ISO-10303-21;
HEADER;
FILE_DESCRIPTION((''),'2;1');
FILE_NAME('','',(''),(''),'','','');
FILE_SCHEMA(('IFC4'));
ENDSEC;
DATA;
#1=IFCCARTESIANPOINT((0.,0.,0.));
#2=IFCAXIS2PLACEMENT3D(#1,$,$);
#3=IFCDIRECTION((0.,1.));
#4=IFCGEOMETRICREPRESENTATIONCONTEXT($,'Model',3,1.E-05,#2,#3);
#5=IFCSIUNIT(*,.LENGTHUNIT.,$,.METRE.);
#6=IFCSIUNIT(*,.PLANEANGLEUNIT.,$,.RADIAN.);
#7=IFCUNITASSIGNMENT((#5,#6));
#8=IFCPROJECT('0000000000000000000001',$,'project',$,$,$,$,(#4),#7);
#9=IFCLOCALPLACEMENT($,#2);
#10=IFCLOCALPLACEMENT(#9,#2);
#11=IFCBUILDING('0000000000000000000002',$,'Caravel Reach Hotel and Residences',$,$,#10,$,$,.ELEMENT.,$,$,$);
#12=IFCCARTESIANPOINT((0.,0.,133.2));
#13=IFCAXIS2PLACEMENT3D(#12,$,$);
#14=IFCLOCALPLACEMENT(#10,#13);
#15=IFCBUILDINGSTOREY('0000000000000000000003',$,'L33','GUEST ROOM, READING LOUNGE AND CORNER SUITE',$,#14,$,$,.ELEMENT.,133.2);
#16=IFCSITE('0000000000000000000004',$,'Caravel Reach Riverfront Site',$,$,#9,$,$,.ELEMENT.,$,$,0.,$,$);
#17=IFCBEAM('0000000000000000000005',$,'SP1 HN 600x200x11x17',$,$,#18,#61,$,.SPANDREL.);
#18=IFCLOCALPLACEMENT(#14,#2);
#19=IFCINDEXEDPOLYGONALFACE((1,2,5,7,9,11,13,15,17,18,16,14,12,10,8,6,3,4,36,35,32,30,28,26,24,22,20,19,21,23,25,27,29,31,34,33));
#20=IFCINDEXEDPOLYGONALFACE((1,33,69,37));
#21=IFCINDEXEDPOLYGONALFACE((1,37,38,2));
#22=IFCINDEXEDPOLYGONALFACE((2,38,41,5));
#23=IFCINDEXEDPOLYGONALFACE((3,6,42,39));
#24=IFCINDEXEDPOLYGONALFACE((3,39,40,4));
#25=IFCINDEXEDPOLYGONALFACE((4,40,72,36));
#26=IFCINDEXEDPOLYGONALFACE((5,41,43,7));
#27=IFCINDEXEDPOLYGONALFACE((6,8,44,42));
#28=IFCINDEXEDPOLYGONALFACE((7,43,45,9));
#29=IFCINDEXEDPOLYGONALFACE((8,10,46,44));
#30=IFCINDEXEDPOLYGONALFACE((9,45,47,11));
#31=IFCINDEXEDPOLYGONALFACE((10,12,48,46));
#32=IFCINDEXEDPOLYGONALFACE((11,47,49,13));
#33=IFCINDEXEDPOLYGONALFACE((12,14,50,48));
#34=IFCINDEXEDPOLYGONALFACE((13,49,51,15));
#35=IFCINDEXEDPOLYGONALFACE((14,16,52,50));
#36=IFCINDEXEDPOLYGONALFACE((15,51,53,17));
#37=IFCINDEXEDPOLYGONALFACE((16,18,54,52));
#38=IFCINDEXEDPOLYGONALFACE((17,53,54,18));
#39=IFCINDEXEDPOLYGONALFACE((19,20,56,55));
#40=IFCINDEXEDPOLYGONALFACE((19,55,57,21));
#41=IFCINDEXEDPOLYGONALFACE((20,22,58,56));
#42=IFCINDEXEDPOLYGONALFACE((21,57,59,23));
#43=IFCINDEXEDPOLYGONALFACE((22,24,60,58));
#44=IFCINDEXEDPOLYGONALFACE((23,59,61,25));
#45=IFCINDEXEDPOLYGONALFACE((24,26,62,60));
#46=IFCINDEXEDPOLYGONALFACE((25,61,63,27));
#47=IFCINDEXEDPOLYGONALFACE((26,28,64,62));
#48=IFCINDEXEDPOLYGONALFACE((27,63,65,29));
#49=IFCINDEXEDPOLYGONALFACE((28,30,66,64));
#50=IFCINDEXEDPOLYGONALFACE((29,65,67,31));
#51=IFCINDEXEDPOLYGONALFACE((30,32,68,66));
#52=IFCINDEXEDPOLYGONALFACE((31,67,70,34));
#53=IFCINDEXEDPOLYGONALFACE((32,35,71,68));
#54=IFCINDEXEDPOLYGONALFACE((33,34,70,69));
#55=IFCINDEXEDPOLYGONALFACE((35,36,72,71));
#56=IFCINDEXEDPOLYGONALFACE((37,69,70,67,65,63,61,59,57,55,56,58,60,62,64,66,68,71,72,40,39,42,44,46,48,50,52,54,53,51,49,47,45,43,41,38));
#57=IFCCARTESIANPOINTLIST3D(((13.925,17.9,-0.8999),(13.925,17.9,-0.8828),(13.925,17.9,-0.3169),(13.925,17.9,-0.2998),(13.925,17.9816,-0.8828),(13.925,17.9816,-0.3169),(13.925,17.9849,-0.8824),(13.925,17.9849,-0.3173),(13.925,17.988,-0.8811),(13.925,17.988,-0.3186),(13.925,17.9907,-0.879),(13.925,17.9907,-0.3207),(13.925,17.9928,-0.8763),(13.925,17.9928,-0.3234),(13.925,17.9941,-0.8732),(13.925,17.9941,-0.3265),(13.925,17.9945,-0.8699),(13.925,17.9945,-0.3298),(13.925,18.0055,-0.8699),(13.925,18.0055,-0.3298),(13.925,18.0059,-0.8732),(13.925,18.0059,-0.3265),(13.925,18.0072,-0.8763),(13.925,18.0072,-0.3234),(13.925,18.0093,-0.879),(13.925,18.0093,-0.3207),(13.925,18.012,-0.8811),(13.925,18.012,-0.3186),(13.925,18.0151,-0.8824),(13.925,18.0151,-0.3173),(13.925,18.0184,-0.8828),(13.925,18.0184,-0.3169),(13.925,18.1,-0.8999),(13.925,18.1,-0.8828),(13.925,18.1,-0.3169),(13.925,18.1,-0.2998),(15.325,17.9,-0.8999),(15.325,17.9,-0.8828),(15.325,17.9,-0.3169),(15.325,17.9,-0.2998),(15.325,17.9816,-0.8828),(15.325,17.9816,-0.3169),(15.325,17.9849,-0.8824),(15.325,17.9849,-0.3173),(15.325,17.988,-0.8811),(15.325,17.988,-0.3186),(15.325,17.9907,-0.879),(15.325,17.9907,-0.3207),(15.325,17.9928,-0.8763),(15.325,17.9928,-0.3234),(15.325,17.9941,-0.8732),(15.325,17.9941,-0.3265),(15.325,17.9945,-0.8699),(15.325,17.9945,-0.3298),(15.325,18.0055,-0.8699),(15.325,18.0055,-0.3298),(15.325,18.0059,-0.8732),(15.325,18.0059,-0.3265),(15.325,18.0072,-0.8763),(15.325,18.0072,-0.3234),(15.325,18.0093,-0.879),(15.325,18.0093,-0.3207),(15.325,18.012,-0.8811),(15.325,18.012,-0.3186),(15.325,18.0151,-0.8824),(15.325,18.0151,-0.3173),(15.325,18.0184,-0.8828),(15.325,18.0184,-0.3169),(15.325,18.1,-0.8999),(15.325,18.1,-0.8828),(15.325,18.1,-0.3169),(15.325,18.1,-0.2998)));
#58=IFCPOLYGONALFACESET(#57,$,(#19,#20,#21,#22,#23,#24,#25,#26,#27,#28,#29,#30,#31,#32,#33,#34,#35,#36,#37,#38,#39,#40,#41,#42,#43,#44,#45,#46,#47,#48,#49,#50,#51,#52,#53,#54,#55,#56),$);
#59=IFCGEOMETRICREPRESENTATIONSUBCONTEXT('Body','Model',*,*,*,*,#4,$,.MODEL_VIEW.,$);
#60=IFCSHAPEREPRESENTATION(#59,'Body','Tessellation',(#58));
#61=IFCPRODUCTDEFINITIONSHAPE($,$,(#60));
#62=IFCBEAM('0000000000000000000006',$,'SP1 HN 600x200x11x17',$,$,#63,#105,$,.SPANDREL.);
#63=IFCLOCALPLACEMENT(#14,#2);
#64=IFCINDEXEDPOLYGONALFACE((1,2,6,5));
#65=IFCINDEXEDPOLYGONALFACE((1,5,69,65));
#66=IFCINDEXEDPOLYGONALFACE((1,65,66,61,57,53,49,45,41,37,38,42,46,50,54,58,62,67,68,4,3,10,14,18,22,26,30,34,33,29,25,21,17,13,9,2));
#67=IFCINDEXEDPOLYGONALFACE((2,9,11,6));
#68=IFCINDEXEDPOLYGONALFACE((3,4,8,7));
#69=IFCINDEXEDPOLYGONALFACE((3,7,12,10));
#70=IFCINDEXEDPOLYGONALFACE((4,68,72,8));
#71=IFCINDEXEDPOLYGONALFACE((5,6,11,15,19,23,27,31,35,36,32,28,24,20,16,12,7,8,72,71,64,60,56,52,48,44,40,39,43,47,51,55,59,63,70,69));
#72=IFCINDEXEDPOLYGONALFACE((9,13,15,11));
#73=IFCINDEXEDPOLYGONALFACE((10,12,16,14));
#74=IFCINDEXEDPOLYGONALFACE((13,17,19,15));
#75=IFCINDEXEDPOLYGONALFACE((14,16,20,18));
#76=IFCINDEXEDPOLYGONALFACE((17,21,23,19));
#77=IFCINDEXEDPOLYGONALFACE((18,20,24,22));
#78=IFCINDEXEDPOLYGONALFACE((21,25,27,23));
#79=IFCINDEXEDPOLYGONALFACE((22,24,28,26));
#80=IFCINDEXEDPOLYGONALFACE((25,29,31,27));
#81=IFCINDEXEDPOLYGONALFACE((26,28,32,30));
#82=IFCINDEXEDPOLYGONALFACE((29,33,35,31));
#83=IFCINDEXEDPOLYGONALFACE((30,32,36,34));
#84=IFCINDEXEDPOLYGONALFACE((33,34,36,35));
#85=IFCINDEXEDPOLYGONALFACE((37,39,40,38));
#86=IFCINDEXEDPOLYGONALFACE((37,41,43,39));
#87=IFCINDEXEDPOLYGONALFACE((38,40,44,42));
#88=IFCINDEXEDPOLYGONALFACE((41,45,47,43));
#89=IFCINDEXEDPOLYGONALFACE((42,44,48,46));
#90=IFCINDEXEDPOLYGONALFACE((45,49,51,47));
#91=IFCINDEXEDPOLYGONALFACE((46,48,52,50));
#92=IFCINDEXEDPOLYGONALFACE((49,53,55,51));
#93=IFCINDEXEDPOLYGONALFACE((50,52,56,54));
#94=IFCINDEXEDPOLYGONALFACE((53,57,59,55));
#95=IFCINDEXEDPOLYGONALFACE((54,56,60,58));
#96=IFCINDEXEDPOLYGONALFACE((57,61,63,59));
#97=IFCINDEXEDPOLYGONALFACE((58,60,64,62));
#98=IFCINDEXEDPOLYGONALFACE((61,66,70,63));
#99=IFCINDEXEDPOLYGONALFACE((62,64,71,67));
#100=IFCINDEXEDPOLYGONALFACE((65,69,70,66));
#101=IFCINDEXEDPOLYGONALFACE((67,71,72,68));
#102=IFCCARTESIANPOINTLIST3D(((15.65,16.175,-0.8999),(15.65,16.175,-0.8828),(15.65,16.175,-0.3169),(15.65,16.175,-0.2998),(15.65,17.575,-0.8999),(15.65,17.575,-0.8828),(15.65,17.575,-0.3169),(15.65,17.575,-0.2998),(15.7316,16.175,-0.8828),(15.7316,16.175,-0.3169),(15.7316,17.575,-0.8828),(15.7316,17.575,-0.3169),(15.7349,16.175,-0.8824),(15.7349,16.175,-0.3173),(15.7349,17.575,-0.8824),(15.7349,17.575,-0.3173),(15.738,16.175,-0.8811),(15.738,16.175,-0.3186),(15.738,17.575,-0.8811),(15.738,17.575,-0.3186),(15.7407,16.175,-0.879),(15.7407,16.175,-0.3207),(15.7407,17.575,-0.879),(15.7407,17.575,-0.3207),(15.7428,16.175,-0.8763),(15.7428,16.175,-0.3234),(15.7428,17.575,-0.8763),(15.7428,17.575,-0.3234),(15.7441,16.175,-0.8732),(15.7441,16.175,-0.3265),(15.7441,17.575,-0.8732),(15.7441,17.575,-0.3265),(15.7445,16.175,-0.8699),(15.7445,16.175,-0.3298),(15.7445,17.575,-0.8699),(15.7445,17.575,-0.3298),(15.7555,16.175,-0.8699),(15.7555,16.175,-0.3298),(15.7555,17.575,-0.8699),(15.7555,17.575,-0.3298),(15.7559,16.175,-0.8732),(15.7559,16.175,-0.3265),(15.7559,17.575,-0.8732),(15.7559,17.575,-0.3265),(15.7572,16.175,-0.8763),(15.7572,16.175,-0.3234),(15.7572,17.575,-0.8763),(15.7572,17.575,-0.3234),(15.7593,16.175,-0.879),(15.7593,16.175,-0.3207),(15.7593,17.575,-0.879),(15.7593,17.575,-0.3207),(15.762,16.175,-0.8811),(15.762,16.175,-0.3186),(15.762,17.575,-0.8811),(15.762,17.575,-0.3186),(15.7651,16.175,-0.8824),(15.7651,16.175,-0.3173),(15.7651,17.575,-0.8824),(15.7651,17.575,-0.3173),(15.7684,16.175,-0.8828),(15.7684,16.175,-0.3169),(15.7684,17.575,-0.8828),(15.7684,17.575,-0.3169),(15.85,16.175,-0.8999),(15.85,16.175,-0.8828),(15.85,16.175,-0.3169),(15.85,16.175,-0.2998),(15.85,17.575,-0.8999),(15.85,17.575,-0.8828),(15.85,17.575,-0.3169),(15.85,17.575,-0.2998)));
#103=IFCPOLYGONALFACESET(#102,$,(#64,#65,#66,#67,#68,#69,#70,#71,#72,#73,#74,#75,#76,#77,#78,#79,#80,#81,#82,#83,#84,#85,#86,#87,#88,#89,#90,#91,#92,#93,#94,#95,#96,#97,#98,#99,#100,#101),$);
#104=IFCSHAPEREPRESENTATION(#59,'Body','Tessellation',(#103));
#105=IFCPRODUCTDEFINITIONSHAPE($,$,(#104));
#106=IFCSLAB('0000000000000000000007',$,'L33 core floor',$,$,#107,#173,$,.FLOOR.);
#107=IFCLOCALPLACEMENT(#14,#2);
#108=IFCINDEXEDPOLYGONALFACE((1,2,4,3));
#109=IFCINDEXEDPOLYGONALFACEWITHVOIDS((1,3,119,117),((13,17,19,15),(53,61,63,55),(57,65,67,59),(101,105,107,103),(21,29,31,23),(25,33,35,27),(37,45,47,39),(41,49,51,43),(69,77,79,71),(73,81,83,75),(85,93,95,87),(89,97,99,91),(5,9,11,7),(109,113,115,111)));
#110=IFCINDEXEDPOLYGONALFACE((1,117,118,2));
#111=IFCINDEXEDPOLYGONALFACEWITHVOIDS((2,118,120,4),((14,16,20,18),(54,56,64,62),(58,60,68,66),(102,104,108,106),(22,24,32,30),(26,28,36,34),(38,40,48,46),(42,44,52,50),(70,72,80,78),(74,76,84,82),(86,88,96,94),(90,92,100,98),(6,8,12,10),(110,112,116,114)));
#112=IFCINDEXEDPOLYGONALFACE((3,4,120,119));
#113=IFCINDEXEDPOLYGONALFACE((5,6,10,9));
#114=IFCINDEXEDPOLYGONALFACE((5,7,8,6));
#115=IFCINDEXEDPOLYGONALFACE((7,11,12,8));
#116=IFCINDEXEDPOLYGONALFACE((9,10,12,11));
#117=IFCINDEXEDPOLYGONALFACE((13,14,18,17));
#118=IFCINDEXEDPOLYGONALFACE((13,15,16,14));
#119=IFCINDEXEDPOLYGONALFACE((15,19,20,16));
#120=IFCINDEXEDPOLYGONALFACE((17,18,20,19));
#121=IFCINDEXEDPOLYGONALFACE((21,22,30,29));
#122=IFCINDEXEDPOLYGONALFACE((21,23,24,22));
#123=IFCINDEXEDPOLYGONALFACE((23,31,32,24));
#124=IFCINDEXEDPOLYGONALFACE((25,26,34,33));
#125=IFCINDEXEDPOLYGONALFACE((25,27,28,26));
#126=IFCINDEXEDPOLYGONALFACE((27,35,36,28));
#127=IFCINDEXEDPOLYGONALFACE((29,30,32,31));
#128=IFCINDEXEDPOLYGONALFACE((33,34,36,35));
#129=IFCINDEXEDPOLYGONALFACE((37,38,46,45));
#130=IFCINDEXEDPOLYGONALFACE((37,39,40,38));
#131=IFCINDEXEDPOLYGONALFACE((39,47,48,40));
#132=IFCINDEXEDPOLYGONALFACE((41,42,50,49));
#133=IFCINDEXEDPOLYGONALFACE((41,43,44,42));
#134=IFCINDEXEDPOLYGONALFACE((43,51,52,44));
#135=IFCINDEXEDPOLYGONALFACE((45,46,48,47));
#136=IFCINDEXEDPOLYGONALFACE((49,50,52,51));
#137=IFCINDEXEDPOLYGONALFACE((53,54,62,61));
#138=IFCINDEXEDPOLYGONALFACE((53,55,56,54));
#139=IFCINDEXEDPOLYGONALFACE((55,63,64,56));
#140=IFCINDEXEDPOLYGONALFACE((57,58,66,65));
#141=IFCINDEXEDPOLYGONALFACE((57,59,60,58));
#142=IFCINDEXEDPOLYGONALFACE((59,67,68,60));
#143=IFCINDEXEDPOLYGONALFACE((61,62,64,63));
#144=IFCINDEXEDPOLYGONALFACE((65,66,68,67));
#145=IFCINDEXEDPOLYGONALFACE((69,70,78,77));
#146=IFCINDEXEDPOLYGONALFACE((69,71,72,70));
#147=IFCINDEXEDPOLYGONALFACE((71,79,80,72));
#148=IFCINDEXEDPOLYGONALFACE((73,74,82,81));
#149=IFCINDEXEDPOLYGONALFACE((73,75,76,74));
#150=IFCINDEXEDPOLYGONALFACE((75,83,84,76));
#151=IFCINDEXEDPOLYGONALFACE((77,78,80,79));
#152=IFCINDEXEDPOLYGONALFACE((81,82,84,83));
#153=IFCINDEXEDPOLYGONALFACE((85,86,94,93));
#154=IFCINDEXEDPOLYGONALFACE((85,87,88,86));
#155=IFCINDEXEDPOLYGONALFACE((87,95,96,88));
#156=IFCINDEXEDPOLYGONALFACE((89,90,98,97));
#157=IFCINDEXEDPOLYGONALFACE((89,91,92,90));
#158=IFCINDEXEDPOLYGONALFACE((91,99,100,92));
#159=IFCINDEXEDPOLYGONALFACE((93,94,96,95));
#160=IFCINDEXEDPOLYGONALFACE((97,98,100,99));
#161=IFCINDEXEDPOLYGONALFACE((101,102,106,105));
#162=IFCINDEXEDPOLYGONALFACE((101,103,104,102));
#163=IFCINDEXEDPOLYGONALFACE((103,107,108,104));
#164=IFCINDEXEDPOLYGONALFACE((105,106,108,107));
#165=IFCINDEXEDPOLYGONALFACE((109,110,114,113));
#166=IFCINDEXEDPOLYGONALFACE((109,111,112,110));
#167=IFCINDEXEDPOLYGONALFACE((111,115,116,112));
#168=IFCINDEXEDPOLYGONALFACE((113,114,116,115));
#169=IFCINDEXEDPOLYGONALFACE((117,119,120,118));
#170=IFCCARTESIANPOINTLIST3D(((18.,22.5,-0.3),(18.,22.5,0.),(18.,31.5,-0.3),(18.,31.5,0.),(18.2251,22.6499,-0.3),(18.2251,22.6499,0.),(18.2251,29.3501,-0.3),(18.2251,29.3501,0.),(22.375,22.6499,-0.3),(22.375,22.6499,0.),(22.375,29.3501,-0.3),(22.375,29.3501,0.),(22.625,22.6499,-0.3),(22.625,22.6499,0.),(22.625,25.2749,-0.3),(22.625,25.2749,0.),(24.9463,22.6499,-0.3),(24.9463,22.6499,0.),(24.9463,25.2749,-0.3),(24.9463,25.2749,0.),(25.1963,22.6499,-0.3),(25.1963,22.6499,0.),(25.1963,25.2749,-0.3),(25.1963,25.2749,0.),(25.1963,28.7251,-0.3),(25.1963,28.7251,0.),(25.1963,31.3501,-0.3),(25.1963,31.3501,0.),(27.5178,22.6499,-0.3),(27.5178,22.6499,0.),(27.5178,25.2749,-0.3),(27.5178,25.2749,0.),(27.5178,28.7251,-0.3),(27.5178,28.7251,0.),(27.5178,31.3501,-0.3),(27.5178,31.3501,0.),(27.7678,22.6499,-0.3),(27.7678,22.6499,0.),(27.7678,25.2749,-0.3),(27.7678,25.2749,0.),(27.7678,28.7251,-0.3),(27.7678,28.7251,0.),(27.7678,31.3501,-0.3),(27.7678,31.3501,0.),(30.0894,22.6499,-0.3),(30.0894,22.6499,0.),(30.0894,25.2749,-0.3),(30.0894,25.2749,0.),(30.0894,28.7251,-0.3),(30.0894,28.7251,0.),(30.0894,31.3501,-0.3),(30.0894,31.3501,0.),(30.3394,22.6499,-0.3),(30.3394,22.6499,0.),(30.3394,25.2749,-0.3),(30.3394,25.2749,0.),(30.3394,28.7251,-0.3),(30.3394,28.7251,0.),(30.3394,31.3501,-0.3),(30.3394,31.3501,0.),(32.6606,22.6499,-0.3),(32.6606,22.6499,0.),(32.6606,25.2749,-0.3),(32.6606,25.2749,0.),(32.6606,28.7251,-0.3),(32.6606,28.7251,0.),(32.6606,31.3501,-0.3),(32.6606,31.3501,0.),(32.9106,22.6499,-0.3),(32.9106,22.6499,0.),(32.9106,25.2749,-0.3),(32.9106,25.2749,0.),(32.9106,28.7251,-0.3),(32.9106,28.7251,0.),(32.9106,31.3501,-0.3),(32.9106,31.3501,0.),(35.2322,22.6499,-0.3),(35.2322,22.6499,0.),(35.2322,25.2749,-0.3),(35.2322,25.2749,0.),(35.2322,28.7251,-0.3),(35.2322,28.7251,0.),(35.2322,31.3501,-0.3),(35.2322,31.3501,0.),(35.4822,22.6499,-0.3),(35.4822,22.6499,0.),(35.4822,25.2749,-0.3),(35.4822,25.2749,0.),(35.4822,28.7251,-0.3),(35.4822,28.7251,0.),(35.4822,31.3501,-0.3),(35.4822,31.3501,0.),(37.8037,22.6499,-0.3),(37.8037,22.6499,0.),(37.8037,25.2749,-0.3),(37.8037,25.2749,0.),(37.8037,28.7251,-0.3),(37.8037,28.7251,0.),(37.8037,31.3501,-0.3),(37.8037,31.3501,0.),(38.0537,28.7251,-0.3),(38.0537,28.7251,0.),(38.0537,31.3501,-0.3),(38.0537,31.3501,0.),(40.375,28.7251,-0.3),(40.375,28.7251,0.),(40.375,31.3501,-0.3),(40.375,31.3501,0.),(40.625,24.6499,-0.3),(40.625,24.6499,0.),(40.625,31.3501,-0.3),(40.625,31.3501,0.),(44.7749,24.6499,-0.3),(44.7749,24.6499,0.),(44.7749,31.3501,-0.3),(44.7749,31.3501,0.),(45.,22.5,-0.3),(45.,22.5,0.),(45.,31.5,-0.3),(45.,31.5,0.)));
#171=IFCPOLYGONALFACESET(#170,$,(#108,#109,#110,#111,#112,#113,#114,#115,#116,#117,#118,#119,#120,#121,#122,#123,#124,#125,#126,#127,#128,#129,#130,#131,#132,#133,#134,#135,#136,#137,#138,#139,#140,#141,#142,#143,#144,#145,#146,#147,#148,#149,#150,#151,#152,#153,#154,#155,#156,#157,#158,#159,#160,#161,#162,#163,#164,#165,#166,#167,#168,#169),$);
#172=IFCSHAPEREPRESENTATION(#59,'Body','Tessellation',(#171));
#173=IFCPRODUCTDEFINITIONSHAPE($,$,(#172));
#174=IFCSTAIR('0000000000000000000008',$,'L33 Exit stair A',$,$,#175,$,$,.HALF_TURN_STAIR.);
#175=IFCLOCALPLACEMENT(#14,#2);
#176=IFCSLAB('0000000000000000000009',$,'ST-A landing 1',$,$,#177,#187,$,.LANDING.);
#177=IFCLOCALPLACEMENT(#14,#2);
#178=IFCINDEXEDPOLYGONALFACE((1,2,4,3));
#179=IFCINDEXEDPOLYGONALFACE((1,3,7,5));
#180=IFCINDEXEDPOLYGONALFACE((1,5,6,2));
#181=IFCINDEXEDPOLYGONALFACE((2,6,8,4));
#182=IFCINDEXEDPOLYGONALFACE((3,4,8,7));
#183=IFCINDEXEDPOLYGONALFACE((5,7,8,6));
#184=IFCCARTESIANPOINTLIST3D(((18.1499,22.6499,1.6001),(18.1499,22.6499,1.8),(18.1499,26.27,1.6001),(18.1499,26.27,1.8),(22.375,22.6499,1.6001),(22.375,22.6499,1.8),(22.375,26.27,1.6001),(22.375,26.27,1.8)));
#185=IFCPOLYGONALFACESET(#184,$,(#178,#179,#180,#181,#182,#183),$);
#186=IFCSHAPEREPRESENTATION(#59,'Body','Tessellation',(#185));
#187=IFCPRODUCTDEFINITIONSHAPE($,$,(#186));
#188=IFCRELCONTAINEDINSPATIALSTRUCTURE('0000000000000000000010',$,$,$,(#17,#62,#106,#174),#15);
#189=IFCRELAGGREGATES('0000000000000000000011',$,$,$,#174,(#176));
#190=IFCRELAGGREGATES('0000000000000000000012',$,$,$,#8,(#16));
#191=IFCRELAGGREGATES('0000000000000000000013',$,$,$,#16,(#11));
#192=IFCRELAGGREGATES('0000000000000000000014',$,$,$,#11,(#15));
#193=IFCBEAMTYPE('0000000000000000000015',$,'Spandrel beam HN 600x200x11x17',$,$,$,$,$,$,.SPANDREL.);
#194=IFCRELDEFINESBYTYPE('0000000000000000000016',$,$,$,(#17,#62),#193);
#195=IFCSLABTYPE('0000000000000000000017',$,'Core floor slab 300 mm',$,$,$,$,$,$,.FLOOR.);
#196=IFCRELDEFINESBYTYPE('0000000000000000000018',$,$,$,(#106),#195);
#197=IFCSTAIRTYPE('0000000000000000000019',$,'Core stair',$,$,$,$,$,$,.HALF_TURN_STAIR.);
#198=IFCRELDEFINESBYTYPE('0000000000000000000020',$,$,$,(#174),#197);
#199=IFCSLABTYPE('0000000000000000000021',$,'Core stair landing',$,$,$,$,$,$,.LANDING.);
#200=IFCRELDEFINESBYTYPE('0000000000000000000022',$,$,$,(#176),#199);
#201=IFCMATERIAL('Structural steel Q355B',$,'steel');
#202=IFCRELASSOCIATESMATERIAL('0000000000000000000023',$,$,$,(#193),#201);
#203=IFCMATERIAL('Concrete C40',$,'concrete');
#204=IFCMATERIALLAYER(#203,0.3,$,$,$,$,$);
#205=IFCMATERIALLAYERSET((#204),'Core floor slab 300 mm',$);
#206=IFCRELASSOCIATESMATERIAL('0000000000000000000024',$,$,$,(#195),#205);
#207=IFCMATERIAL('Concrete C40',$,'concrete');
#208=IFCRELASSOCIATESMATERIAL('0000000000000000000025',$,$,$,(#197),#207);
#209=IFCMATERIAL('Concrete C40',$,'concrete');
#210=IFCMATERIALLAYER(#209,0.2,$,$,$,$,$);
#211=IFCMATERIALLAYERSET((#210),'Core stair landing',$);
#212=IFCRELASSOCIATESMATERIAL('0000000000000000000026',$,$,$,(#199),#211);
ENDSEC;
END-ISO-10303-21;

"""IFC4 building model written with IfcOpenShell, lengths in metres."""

from ifc_helpers import new_model, si_unit, direction, frame, origin, origin_2d, place, context, subcontext, project, spatial, polyline, i_section, outline, extrude, material, layer, layer_set, material_profile, profile_set, type_object, element, aggregate, save


model = new_model("IFC4")

# Units and contexts
model_context = context("Model", 3, precision=1e-05, world=origin(), true_north=direction((0.0, 1.0)))
body_context = subcontext(model_context, "Body", "Model", "MODEL_VIEW")
ifc_project = project(units=[si_unit("LENGTHUNIT", "METRE"), si_unit("PLANEANGLEUNIT", "RADIAN")], contexts=[model_context])

# Site, building, storey
site_placement = place(None, origin())
site = spatial("IfcSite", under=ifc_project, at=site_placement, Name="Caravel Reach Riverfront Site", CompositionType="ELEMENT", RefElevation=0.0)
building_placement = place(site_placement, origin())
building = spatial("IfcBuilding", under=site, at=building_placement, Name="Caravel Reach Hotel and Residences", CompositionType="ELEMENT")
storey_placement = place(building_placement, frame((0.0, 0.0, 133.2)))
storey = spatial("IfcBuildingStorey", under=building, at=storey_placement, Name="L33", Description="GUEST ROOM, READING LOUNGE AND CORNER SUITE", CompositionType="ELEMENT", Elevation=133.2)

# Beams
ifc_material_1 = material(Name="Structural steel Q355B", Category="steel")
ifc_material_profile_1 = material_profile(ifc_material_1, i_section(OverallWidth=0.2, OverallDepth=0.6001, WebThickness=0.011, FlangeThickness=0.0171, FilletRadius=0.0129, at=origin_2d()), Name="HN 600x200x11x17")
ifc_profile_set_1 = profile_set([ifc_material_profile_1], Name="Structural steel Q355B")
beam_type_1 = type_object("IfcBeamType", Name="Spandrel beam HN 600x200x11x17", PredefinedType="SPANDREL", material=ifc_profile_set_1)
for number, where, z_axis, x_axis, name in (
    (1, (13.925, 18.0, -0.5999), (1.0, 0.0, 0.0), (0.0, 1.0, 0.0), "SP1 HN 600x200x11x17"),
    (2, (15.75, 17.575, -0.5999), (0.0, -1.0, 0.0), (1.0, 0.0, 0.0), "SP1 HN 600x200x11x17"),
):
    element("IfcBeam", number, at=place(storey_placement, frame(where, z_axis=z_axis, x_axis=x_axis)), inside=storey, type_object=beam_type_1, Name=name, PredefinedType="SPANDREL", context=body_context, shape_type="SweptSolid", body=[
        extrude(i_section(OverallWidth=0.2, OverallDepth=0.6001, WebThickness=0.011, FlangeThickness=0.0171, FilletRadius=0.0129, at=origin_2d()), origin(), (0.0, 0.0, 1.0), 1.3999),
    ])

# Slab
ifc_material_2 = material(Name="Concrete C40", Category="concrete")
ifc_layer_1 = layer(ifc_material_2, 0.3)
ifc_layer_set_1 = layer_set([ifc_layer_1], Name="Core floor slab 300 mm")
slab_type_1 = type_object("IfcSlabType", Name="Core floor slab 300 mm", PredefinedType="FLOOR", material=ifc_layer_set_1)
slab_1_placement = place(storey_placement, frame((0.0, 0.0, -0.3)))
element("IfcSlab", 3, at=slab_1_placement, inside=storey, type_object=slab_type_1, Name="L33 core floor", PredefinedType="FLOOR", context=body_context, shape_type="SweptSolid", body=[
    extrude(outline(polyline([(18.0, 31.5), (45.0, 31.5), (45.0, 22.5), (18.0, 22.5), (18.0, 31.5)]), holes=[polyline([(22.625, 25.2749), (22.625, 22.6499), (24.9463, 22.6499), (24.9463, 25.2749), (22.625, 25.2749)]), polyline([(27.5178, 25.2749), (25.1963, 25.2749), (25.1963, 22.6499), (27.5178, 22.6499), (27.5178, 25.2749)]), polyline([(30.0894, 25.2749), (27.7678, 25.2749), (27.7678, 22.6499), (30.0894, 22.6499), (30.0894, 25.2749)]), polyline([(32.6606, 25.2749), (30.3394, 25.2749), (30.3394, 22.6499), (32.6606, 22.6499), (32.6606, 25.2749)]), polyline([(18.2251, 22.6499), (22.375, 22.6499), (22.375, 29.3501), (18.2251, 29.3501), (18.2251, 22.6499)]), polyline([(27.5178, 31.3501), (25.1963, 31.3501), (25.1963, 28.7251), (27.5178, 28.7251), (27.5178, 31.3501)]), polyline([(30.0894, 31.3501), (27.7678, 31.3501), (27.7678, 28.7251), (30.0894, 28.7251), (30.0894, 31.3501)]), polyline([(32.9106, 25.2749), (32.9106, 22.6499), (35.2322, 22.6499), (35.2322, 25.2749), (32.9106, 25.2749)]), polyline([(37.8037, 25.2749), (35.4822, 25.2749), (35.4822, 22.6499), (37.8037, 22.6499), (37.8037, 25.2749)]), polyline([(44.7749, 31.3501), (40.625, 31.3501), (40.625, 24.6499), (44.7749, 24.6499), (44.7749, 31.3501)]), polyline([(32.6606, 31.3501), (30.3394, 31.3501), (30.3394, 28.7251), (32.6606, 28.7251), (32.6606, 31.3501)]), polyline([(35.2322, 31.3501), (32.9106, 31.3501), (32.9106, 28.7251), (35.2322, 28.7251), (35.2322, 31.3501)]), polyline([(37.8037, 31.3501), (35.4822, 31.3501), (35.4822, 28.7251), (37.8037, 28.7251), (37.8037, 31.3501)]), polyline([(40.375, 31.3501), (38.0537, 31.3501), (38.0537, 28.7251), (40.375, 28.7251), (40.375, 31.3501)])]), origin(), (0.0, 0.0, 1.0), 0.3),
])

# Stair, slab
ifc_material_3 = material(Name="Concrete C40", Category="concrete")
stair_type = type_object("IfcStairType", Name="Core stair", PredefinedType="HALF_TURN_STAIR", material=ifc_material_3)
stair_1_placement = place(storey_placement, origin())
stair_1 = element("IfcStair", 4, at=stair_1_placement, inside=storey, type_object=stair_type, Name="L33 Exit stair A", PredefinedType="HALF_TURN_STAIR")
ifc_material_4 = material(Name="Concrete C40", Category="concrete")
ifc_layer_2 = layer(ifc_material_4, 0.2)
ifc_layer_set_2 = layer_set([ifc_layer_2], Name="Core stair landing")
slab_type_2 = type_object("IfcSlabType", Name="Core stair landing", PredefinedType="LANDING", material=ifc_layer_set_2)
slab_2_placement = place(storey_placement, frame((0.0, 0.0, 1.6001)))
slab_2 = element("IfcSlab", 5, at=slab_2_placement, type_object=slab_type_2, Name="ST-A landing 1", PredefinedType="LANDING", context=body_context, shape_type="SweptSolid", body=[
    extrude(outline(polyline([(18.1499, 26.27), (18.1499, 22.6499), (22.375, 22.6499), (22.375, 26.27), (18.1499, 26.27)])), origin(), (0.0, 0.0, 1.0), 0.2),
])
aggregate(stair_1, [slab_2])

save(model, "model.ifc")
